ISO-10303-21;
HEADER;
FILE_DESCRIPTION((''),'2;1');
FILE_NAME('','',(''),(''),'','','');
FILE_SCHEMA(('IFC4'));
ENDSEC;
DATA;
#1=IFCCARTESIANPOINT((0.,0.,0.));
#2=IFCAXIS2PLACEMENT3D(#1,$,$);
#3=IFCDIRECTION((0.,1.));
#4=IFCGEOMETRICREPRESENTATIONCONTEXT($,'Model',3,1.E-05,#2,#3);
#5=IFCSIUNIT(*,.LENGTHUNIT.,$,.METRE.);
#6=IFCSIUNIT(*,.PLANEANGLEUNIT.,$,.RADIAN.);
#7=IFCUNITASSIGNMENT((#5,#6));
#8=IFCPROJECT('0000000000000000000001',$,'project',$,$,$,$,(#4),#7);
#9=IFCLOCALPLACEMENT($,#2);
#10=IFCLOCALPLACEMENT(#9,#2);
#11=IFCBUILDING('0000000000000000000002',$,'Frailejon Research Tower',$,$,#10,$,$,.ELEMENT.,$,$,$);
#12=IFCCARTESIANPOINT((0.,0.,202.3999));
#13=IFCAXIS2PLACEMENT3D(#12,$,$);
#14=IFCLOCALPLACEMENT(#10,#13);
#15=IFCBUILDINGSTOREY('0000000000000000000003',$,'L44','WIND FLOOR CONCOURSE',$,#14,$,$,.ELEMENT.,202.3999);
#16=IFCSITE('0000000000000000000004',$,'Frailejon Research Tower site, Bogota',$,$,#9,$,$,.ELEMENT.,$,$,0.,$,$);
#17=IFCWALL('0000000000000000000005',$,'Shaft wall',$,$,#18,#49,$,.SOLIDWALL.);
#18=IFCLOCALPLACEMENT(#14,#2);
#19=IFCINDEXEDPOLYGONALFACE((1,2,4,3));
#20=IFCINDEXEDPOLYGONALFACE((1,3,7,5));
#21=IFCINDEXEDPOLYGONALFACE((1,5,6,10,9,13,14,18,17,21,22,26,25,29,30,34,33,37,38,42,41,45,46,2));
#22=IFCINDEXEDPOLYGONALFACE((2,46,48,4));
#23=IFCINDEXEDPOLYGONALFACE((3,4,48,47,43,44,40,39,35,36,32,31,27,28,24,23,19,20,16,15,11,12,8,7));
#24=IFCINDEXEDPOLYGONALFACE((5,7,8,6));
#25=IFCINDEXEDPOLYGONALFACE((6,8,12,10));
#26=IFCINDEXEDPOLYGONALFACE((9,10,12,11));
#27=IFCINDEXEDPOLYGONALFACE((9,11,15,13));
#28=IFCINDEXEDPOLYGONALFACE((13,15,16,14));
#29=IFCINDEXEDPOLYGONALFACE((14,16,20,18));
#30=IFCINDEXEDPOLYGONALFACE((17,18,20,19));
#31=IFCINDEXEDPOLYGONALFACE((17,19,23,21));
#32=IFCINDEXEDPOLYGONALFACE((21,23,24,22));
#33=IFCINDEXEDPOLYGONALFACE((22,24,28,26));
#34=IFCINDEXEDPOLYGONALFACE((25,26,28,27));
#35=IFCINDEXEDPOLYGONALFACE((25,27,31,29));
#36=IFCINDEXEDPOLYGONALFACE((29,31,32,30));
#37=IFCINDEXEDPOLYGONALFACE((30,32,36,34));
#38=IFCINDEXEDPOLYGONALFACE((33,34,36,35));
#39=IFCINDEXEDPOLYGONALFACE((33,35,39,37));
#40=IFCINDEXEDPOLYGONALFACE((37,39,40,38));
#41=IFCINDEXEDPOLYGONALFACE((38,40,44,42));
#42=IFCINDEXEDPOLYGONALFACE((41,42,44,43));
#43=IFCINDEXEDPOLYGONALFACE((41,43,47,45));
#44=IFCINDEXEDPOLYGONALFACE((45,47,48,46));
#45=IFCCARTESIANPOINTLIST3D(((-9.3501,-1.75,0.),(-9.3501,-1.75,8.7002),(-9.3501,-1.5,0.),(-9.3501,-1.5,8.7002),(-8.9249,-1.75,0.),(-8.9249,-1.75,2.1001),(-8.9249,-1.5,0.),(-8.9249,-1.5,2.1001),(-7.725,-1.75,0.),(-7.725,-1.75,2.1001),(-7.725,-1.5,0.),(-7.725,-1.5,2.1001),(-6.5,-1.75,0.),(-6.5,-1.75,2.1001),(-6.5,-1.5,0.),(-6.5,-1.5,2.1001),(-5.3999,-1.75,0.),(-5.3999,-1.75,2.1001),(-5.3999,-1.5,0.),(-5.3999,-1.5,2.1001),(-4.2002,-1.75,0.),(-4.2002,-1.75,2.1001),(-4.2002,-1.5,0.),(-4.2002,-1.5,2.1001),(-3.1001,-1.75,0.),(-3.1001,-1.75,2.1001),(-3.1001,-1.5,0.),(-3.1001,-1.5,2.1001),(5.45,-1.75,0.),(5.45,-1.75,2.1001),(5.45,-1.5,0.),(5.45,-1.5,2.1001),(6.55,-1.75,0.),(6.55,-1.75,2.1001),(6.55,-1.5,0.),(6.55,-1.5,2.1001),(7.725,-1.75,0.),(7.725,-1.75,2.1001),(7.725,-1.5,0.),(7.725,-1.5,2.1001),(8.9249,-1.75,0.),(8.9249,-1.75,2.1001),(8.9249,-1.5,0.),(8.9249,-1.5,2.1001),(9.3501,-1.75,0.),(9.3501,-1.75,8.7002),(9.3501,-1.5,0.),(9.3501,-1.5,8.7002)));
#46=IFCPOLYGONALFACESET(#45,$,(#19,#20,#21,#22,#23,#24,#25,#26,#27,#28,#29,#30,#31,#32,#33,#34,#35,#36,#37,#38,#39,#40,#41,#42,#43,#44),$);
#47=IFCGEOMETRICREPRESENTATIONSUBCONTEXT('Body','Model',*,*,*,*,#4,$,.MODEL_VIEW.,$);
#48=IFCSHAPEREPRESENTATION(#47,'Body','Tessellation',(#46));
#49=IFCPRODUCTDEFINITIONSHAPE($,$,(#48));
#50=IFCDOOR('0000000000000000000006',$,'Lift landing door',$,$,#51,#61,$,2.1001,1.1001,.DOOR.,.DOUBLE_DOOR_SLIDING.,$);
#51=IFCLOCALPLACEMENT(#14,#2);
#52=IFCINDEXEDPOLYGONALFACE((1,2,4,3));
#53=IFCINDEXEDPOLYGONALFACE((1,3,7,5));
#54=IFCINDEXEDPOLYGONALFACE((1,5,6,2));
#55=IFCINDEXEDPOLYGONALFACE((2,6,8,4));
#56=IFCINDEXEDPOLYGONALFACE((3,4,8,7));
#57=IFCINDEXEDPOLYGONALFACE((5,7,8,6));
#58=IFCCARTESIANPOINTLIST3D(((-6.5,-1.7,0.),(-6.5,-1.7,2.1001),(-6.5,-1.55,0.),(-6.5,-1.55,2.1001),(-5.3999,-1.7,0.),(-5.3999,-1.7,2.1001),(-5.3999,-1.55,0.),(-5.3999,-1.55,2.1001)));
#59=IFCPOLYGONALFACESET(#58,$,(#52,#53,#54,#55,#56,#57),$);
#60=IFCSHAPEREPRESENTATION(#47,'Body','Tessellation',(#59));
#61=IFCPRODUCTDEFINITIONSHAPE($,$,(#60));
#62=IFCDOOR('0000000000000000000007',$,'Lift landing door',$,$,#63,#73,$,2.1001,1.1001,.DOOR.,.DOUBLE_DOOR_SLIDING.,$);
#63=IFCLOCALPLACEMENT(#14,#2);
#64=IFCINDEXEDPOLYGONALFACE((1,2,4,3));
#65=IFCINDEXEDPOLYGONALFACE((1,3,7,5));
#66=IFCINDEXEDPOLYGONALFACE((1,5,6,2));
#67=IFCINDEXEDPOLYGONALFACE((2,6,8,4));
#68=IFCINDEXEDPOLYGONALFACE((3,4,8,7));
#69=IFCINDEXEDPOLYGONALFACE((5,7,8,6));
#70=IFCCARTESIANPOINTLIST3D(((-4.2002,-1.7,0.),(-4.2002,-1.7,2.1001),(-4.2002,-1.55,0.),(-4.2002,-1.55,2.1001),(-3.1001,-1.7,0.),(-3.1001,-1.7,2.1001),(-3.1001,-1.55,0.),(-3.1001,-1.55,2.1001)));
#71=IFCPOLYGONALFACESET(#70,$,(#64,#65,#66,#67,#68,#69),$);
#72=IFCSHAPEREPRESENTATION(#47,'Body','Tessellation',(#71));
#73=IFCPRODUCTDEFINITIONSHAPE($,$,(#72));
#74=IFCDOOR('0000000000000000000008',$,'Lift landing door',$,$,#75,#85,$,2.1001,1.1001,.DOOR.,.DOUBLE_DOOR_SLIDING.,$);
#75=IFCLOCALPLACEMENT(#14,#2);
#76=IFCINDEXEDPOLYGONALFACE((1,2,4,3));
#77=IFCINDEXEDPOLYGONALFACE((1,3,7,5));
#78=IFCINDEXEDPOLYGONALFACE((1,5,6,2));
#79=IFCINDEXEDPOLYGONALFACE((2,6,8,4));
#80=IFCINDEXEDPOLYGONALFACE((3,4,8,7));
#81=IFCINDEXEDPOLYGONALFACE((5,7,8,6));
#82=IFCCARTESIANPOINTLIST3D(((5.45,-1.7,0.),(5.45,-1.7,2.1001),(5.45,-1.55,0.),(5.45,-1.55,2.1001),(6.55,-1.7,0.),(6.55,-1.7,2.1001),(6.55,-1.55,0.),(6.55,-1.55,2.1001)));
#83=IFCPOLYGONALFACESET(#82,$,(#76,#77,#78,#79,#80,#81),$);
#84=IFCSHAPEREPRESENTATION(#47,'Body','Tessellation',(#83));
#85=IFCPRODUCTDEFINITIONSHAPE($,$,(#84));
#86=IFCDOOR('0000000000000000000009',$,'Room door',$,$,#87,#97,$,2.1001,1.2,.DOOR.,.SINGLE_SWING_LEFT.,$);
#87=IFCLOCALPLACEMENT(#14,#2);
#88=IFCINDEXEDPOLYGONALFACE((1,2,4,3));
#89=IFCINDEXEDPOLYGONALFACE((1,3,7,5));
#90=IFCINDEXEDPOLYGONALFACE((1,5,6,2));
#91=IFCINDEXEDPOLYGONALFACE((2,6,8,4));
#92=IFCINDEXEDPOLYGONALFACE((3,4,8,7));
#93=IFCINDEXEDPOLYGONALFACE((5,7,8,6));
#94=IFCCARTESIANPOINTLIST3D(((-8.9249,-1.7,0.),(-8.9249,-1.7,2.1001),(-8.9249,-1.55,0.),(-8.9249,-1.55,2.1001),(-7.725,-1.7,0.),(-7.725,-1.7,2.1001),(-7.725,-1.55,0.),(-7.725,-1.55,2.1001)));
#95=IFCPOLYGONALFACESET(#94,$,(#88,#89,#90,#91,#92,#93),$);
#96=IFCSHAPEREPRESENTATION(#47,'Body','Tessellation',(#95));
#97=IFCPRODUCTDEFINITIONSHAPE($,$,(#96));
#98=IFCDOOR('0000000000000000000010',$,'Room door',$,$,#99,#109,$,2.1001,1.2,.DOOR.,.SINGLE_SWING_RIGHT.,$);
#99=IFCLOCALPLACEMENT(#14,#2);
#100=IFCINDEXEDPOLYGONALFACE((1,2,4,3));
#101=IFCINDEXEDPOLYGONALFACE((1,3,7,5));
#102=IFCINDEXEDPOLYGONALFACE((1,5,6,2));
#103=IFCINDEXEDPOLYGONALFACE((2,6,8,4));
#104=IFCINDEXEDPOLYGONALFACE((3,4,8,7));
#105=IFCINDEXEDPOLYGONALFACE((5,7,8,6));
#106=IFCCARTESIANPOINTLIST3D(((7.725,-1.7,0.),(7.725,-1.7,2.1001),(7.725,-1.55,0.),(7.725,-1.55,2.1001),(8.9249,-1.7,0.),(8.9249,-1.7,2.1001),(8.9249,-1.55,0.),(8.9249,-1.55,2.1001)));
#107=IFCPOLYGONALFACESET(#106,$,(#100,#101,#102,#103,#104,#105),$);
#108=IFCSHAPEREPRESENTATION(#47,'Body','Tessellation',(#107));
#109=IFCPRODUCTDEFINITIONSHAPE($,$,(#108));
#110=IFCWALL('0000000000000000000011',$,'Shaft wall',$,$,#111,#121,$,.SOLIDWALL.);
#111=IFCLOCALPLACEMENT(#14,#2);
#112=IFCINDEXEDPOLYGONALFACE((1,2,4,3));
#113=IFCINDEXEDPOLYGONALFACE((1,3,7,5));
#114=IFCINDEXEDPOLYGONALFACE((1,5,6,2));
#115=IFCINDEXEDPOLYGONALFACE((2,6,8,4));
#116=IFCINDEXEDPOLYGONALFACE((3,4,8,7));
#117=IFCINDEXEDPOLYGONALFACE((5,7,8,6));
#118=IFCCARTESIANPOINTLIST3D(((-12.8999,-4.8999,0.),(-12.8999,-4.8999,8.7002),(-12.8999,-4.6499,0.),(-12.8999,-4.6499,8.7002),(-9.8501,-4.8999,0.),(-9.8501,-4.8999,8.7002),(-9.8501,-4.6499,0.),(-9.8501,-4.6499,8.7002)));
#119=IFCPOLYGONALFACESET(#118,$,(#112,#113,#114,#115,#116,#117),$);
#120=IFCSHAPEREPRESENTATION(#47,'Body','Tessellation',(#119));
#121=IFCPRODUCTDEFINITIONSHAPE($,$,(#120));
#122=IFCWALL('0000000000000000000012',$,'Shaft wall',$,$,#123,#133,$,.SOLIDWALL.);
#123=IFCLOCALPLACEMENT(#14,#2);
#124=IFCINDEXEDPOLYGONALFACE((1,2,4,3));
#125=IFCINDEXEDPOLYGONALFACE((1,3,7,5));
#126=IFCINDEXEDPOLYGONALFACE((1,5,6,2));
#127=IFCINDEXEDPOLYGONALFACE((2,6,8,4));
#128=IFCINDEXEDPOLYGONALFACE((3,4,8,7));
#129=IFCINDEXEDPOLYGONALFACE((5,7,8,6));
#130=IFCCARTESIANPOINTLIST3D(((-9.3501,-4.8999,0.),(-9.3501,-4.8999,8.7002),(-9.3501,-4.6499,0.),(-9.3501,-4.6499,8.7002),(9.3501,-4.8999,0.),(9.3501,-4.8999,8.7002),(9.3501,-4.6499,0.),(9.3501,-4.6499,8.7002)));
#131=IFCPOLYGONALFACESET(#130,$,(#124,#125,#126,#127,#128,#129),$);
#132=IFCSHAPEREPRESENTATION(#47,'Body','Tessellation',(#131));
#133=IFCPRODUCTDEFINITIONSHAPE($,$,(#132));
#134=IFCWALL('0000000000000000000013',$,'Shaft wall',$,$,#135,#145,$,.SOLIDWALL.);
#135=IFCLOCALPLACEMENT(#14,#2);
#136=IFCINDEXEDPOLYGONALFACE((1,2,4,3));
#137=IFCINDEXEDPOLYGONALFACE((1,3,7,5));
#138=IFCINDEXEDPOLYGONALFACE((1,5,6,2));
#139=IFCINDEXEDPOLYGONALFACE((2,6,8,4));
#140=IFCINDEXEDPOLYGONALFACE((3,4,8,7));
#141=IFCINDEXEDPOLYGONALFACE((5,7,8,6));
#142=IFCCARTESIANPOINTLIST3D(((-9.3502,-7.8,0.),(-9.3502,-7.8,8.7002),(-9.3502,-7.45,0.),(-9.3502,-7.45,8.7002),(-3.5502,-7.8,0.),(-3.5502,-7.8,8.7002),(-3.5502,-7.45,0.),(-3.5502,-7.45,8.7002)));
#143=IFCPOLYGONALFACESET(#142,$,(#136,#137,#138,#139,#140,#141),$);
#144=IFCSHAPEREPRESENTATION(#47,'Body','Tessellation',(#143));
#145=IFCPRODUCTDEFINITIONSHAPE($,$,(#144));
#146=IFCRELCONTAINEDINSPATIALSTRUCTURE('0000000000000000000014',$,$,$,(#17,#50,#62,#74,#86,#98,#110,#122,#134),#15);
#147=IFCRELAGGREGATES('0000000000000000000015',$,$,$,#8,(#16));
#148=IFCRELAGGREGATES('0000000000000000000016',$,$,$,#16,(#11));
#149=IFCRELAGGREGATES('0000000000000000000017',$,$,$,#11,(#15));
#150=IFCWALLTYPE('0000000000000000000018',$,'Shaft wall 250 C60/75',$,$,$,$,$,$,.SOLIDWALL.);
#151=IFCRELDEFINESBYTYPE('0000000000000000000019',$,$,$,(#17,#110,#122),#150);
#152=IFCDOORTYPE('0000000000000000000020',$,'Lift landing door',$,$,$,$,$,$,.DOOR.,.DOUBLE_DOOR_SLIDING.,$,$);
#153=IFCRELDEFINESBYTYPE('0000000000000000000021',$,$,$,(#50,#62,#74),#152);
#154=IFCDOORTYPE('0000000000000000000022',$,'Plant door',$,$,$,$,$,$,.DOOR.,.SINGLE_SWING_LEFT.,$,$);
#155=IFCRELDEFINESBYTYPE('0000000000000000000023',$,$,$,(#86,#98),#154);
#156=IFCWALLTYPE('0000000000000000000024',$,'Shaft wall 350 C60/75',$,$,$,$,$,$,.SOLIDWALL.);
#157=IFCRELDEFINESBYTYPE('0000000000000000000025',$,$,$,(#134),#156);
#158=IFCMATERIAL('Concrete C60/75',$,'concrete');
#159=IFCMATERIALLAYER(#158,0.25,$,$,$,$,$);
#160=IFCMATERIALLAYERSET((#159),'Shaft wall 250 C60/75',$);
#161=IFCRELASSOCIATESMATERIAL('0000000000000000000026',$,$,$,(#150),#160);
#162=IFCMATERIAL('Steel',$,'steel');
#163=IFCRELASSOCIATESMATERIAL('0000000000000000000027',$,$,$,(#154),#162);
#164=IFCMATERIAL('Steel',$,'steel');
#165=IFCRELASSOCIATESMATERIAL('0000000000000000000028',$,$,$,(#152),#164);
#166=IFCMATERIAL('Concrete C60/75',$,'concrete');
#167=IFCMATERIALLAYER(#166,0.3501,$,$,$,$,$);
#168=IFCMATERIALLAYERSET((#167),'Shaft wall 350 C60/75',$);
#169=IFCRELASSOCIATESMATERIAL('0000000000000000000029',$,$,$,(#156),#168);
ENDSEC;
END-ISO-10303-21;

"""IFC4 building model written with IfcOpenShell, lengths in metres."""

from ifc_helpers import new_model, si_unit, direction, frame, frame_2d, origin, place, context, subcontext, project, spatial, rectangle, extrude, material, layer, layer_set, type_object, element, fill, save


model = new_model("IFC4")

# Units and contexts
model_context = context("Model", 3, precision=1e-05, world=origin(), true_north=direction((0.0, 1.0)))
body_context = subcontext(model_context, "Body", "Model", "MODEL_VIEW")
ifc_project = project(units=[si_unit("LENGTHUNIT", "METRE"), si_unit("PLANEANGLEUNIT", "RADIAN")], contexts=[model_context])

# Site, building, storey
site_placement = place(None, origin())
site = spatial("IfcSite", under=ifc_project, at=site_placement, Name="Frailejon Research Tower site, Bogota", CompositionType="ELEMENT", RefElevation=0.0)
building_placement = place(site_placement, origin())
building = spatial("IfcBuilding", under=site, at=building_placement, Name="Frailejon Research Tower", CompositionType="ELEMENT")
storey_placement = place(building_placement, frame((0.0, 0.0, 202.3999)))
storey = spatial("IfcBuildingStorey", under=building, at=storey_placement, Name="L44", Description="WIND FLOOR CONCOURSE", CompositionType="ELEMENT", Elevation=202.3999)

# Shared definitions
ifc_material_1 = material(Name="Concrete C60/75", Category="concrete")
ifc_layer_1 = layer(ifc_material_1, 0.25)
ifc_layer_set_1 = layer_set([ifc_layer_1], Name="Shaft wall 250 C60/75")
wall_type_1 = type_object("IfcWallType", Name="Shaft wall 250 C60/75", PredefinedType="SOLIDWALL", material=ifc_layer_set_1)
ifc_material_2 = material(Name="Steel", Category="steel")
door_type_1 = type_object("IfcDoorType", Name="Plant door", OperationType="SINGLE_SWING_LEFT", PredefinedType="DOOR", material=ifc_material_2)

# Wall, openings, doors
wall_1_placement = place(storey_placement, frame((-9.3501, -1.625, 0.0), z_axis=(0.0, 0.0, 1.0), x_axis=(1.0, 0.0, 0.0)))
wall_1 = element("IfcWall", 1, at=wall_1_placement, inside=storey, type_object=wall_type_1, Name="Shaft wall", PredefinedType="SOLIDWALL", context=body_context, shape_type="SweptSolid", body=[
    extrude(rectangle(XDim=18.7002, YDim=0.25, at=frame_2d((9.3501, 0.0))), origin(), (0.0, 0.0, 1.0), 8.7002),
])
opening_1_placement = place(wall_1_placement, frame((2.8501, 0.0, 0.0)))
opening_1 = element("IfcOpeningElement", 2, at=opening_1_placement, cuts=wall_1, PredefinedType="OPENING", context=body_context, shape_type="SweptSolid", body=[
    extrude(rectangle(XDim=1.1001, YDim=2.1001, at=frame_2d((0.55, 1.05))), frame((0.0, 0.135, 0.0), z_axis=(0.0, -1.0, 0.0), x_axis=(1.0, 0.0, 0.0)), (0.0, 0.0, 1.0), 0.27),
])
opening_2_placement = place(wall_1_placement, frame((5.1499, 0.0, 0.0)))
opening_2 = element("IfcOpeningElement", 3, at=opening_2_placement, cuts=wall_1, PredefinedType="OPENING", context=body_context, shape_type="SweptSolid", body=[
    extrude(rectangle(XDim=1.1001, YDim=2.1001, at=frame_2d((0.55, 1.05))), frame((0.0, 0.135, 0.0), z_axis=(0.0, -1.0, 0.0), x_axis=(1.0, 0.0, 0.0)), (0.0, 0.0, 1.0), 0.27),
])
opening_3_placement = place(wall_1_placement, frame((14.8, 0.0, 0.0)))
opening_3 = element("IfcOpeningElement", 4, at=opening_3_placement, cuts=wall_1, PredefinedType="OPENING", context=body_context, shape_type="SweptSolid", body=[
    extrude(rectangle(XDim=1.1001, YDim=2.1001, at=frame_2d((0.55, 1.05))), frame((0.0, 0.135, 0.0), z_axis=(0.0, -1.0, 0.0), x_axis=(1.0, 0.0, 0.0)), (0.0, 0.0, 1.0), 0.27),
])
opening_4_placement = place(wall_1_placement, frame((0.425, 0.0, 0.0)))
opening_4 = element("IfcOpeningElement", 5, at=opening_4_placement, cuts=wall_1, PredefinedType="OPENING", context=body_context, shape_type="SweptSolid", body=[
    extrude(rectangle(XDim=1.2, YDim=2.1001, at=frame_2d((0.6001, 1.05))), frame((0.0, 0.135, 0.0), z_axis=(0.0, -1.0, 0.0), x_axis=(1.0, 0.0, 0.0)), (0.0, 0.0, 1.0), 0.27),
])
opening_5_placement = place(wall_1_placement, frame((17.075, 0.0, 0.0)))
opening_5 = element("IfcOpeningElement", 6, at=opening_5_placement, cuts=wall_1, PredefinedType="OPENING", context=body_context, shape_type="SweptSolid", body=[
    extrude(rectangle(XDim=1.2, YDim=2.1001, at=frame_2d((0.6001, 1.05))), frame((0.0, 0.135, 0.0), z_axis=(0.0, -1.0, 0.0), x_axis=(1.0, 0.0, 0.0)), (0.0, 0.0, 1.0), 0.27),
])
ifc_material_3 = material(Name="Steel", Category="steel")
door_type_2 = type_object("IfcDoorType", Name="Lift landing door", OperationType="DOUBLE_DOOR_SLIDING", PredefinedType="DOOR", material=ifc_material_3)
door_1_placement = place(opening_1_placement, origin())
door_1 = element("IfcDoor", 7, at=door_1_placement, inside=storey, type_object=door_type_2, Name="Lift landing door", OperationType="DOUBLE_DOOR_SLIDING", OverallHeight=2.1001, OverallWidth=1.1001, PredefinedType="DOOR", context=body_context, shape_type="SweptSolid", body=[
    extrude(rectangle(XDim=1.1001, YDim=2.1001, at=frame_2d((0.55, 1.05))), frame((0.0, 0.075, 0.0), z_axis=(0.0, -1.0, 0.0), x_axis=(1.0, 0.0, 0.0)), (0.0, 0.0, 1.0), 0.1499),
])
fill(opening_1, door_1)
door_2_placement = place(opening_2_placement, origin())
door_2 = element("IfcDoor", 8, at=door_2_placement, inside=storey, type_object=door_type_2, Name="Lift landing door", OperationType="DOUBLE_DOOR_SLIDING", OverallHeight=2.1001, OverallWidth=1.1001, PredefinedType="DOOR", context=body_context, shape_type="SweptSolid", body=[
    extrude(rectangle(XDim=1.1001, YDim=2.1001, at=frame_2d((0.55, 1.05))), frame((0.0, 0.075, 0.0), z_axis=(0.0, -1.0, 0.0), x_axis=(1.0, 0.0, 0.0)), (0.0, 0.0, 1.0), 0.1499),
])
fill(opening_2, door_2)
door_3_placement = place(opening_3_placement, origin())
door_3 = element("IfcDoor", 9, at=door_3_placement, inside=storey, type_object=door_type_2, Name="Lift landing door", OperationType="DOUBLE_DOOR_SLIDING", OverallHeight=2.1001, OverallWidth=1.1001, PredefinedType="DOOR", context=body_context, shape_type="SweptSolid", body=[
    extrude(rectangle(XDim=1.1001, YDim=2.1001, at=frame_2d((0.55, 1.05))), frame((0.0, 0.075, 0.0), z_axis=(0.0, -1.0, 0.0), x_axis=(1.0, 0.0, 0.0)), (0.0, 0.0, 1.0), 0.1499),
])
fill(opening_3, door_3)
door_4_placement = place(opening_4_placement, origin())
door_4 = element("IfcDoor", 10, at=door_4_placement, inside=storey, type_object=door_type_1, Name="Room door", OperationType="SINGLE_SWING_LEFT", OverallHeight=2.1001, OverallWidth=1.2, PredefinedType="DOOR", context=body_context, shape_type="SweptSolid", body=[
    extrude(rectangle(XDim=1.2, YDim=2.1001, at=frame_2d((0.6001, 1.05))), frame((0.0, 0.075, 0.0), z_axis=(0.0, -1.0, 0.0), x_axis=(1.0, 0.0, 0.0)), (0.0, 0.0, 1.0), 0.1499),
])
fill(opening_4, door_4)
door_5_placement = place(opening_5_placement, origin())
door_5 = element("IfcDoor", 11, at=door_5_placement, inside=storey, type_object=door_type_1, Name="Room door", OperationType="SINGLE_SWING_RIGHT", OverallHeight=2.1001, OverallWidth=1.2, PredefinedType="DOOR", context=body_context, shape_type="SweptSolid", body=[
    extrude(rectangle(XDim=1.2, YDim=2.1001, at=frame_2d((0.6001, 1.05))), frame((0.0, 0.075, 0.0), z_axis=(0.0, -1.0, 0.0), x_axis=(1.0, 0.0, 0.0)), (0.0, 0.0, 1.0), 0.1499),
])
fill(opening_5, door_5)

# Walls
wall_2_placement = place(storey_placement, frame((-12.8999, -4.7749, 0.0), z_axis=(0.0, 0.0, 1.0), x_axis=(1.0, 0.0, 0.0)))
element("IfcWall", 12, at=wall_2_placement, inside=storey, type_object=wall_type_1, Name="Shaft wall", PredefinedType="SOLIDWALL", context=body_context, shape_type="SweptSolid", body=[
    extrude(rectangle(XDim=3.0498, YDim=0.25, at=frame_2d((1.5249, 0.0))), origin(), (0.0, 0.0, 1.0), 8.7002),
])
wall_3_placement = place(storey_placement, frame((-9.3501, -4.7749, 0.0), z_axis=(0.0, 0.0, 1.0), x_axis=(1.0, 0.0, 0.0)))
element("IfcWall", 13, at=wall_3_placement, inside=storey, type_object=wall_type_1, Name="Shaft wall", PredefinedType="SOLIDWALL", context=body_context, shape_type="SweptSolid", body=[
    extrude(rectangle(XDim=18.7002, YDim=0.25, at=frame_2d((9.3501, 0.0))), origin(), (0.0, 0.0, 1.0), 8.7002),
])
ifc_material_4 = material(Name="Concrete C60/75", Category="concrete")
ifc_layer_2 = layer(ifc_material_4, 0.3501)
ifc_layer_set_2 = layer_set([ifc_layer_2], Name="Shaft wall 350 C60/75")
wall_type_2 = type_object("IfcWallType", Name="Shaft wall 350 C60/75", PredefinedType="SOLIDWALL", material=ifc_layer_set_2)
wall_4_placement = place(storey_placement, frame((-9.3501, -7.625, 0.0), z_axis=(0.0, 0.0, 1.0), x_axis=(1.0, 0.0, 0.0)))
element("IfcWall", 14, at=wall_4_placement, inside=storey, type_object=wall_type_2, Name="Shaft wall", PredefinedType="SOLIDWALL", context=body_context, shape_type="SweptSolid", body=[
    extrude(rectangle(XDim=5.8, YDim=0.3501, at=frame_2d((2.8999, 0.0))), origin(), (0.0, 0.0, 1.0), 8.7002),
])

save(model, "model.ifc")
